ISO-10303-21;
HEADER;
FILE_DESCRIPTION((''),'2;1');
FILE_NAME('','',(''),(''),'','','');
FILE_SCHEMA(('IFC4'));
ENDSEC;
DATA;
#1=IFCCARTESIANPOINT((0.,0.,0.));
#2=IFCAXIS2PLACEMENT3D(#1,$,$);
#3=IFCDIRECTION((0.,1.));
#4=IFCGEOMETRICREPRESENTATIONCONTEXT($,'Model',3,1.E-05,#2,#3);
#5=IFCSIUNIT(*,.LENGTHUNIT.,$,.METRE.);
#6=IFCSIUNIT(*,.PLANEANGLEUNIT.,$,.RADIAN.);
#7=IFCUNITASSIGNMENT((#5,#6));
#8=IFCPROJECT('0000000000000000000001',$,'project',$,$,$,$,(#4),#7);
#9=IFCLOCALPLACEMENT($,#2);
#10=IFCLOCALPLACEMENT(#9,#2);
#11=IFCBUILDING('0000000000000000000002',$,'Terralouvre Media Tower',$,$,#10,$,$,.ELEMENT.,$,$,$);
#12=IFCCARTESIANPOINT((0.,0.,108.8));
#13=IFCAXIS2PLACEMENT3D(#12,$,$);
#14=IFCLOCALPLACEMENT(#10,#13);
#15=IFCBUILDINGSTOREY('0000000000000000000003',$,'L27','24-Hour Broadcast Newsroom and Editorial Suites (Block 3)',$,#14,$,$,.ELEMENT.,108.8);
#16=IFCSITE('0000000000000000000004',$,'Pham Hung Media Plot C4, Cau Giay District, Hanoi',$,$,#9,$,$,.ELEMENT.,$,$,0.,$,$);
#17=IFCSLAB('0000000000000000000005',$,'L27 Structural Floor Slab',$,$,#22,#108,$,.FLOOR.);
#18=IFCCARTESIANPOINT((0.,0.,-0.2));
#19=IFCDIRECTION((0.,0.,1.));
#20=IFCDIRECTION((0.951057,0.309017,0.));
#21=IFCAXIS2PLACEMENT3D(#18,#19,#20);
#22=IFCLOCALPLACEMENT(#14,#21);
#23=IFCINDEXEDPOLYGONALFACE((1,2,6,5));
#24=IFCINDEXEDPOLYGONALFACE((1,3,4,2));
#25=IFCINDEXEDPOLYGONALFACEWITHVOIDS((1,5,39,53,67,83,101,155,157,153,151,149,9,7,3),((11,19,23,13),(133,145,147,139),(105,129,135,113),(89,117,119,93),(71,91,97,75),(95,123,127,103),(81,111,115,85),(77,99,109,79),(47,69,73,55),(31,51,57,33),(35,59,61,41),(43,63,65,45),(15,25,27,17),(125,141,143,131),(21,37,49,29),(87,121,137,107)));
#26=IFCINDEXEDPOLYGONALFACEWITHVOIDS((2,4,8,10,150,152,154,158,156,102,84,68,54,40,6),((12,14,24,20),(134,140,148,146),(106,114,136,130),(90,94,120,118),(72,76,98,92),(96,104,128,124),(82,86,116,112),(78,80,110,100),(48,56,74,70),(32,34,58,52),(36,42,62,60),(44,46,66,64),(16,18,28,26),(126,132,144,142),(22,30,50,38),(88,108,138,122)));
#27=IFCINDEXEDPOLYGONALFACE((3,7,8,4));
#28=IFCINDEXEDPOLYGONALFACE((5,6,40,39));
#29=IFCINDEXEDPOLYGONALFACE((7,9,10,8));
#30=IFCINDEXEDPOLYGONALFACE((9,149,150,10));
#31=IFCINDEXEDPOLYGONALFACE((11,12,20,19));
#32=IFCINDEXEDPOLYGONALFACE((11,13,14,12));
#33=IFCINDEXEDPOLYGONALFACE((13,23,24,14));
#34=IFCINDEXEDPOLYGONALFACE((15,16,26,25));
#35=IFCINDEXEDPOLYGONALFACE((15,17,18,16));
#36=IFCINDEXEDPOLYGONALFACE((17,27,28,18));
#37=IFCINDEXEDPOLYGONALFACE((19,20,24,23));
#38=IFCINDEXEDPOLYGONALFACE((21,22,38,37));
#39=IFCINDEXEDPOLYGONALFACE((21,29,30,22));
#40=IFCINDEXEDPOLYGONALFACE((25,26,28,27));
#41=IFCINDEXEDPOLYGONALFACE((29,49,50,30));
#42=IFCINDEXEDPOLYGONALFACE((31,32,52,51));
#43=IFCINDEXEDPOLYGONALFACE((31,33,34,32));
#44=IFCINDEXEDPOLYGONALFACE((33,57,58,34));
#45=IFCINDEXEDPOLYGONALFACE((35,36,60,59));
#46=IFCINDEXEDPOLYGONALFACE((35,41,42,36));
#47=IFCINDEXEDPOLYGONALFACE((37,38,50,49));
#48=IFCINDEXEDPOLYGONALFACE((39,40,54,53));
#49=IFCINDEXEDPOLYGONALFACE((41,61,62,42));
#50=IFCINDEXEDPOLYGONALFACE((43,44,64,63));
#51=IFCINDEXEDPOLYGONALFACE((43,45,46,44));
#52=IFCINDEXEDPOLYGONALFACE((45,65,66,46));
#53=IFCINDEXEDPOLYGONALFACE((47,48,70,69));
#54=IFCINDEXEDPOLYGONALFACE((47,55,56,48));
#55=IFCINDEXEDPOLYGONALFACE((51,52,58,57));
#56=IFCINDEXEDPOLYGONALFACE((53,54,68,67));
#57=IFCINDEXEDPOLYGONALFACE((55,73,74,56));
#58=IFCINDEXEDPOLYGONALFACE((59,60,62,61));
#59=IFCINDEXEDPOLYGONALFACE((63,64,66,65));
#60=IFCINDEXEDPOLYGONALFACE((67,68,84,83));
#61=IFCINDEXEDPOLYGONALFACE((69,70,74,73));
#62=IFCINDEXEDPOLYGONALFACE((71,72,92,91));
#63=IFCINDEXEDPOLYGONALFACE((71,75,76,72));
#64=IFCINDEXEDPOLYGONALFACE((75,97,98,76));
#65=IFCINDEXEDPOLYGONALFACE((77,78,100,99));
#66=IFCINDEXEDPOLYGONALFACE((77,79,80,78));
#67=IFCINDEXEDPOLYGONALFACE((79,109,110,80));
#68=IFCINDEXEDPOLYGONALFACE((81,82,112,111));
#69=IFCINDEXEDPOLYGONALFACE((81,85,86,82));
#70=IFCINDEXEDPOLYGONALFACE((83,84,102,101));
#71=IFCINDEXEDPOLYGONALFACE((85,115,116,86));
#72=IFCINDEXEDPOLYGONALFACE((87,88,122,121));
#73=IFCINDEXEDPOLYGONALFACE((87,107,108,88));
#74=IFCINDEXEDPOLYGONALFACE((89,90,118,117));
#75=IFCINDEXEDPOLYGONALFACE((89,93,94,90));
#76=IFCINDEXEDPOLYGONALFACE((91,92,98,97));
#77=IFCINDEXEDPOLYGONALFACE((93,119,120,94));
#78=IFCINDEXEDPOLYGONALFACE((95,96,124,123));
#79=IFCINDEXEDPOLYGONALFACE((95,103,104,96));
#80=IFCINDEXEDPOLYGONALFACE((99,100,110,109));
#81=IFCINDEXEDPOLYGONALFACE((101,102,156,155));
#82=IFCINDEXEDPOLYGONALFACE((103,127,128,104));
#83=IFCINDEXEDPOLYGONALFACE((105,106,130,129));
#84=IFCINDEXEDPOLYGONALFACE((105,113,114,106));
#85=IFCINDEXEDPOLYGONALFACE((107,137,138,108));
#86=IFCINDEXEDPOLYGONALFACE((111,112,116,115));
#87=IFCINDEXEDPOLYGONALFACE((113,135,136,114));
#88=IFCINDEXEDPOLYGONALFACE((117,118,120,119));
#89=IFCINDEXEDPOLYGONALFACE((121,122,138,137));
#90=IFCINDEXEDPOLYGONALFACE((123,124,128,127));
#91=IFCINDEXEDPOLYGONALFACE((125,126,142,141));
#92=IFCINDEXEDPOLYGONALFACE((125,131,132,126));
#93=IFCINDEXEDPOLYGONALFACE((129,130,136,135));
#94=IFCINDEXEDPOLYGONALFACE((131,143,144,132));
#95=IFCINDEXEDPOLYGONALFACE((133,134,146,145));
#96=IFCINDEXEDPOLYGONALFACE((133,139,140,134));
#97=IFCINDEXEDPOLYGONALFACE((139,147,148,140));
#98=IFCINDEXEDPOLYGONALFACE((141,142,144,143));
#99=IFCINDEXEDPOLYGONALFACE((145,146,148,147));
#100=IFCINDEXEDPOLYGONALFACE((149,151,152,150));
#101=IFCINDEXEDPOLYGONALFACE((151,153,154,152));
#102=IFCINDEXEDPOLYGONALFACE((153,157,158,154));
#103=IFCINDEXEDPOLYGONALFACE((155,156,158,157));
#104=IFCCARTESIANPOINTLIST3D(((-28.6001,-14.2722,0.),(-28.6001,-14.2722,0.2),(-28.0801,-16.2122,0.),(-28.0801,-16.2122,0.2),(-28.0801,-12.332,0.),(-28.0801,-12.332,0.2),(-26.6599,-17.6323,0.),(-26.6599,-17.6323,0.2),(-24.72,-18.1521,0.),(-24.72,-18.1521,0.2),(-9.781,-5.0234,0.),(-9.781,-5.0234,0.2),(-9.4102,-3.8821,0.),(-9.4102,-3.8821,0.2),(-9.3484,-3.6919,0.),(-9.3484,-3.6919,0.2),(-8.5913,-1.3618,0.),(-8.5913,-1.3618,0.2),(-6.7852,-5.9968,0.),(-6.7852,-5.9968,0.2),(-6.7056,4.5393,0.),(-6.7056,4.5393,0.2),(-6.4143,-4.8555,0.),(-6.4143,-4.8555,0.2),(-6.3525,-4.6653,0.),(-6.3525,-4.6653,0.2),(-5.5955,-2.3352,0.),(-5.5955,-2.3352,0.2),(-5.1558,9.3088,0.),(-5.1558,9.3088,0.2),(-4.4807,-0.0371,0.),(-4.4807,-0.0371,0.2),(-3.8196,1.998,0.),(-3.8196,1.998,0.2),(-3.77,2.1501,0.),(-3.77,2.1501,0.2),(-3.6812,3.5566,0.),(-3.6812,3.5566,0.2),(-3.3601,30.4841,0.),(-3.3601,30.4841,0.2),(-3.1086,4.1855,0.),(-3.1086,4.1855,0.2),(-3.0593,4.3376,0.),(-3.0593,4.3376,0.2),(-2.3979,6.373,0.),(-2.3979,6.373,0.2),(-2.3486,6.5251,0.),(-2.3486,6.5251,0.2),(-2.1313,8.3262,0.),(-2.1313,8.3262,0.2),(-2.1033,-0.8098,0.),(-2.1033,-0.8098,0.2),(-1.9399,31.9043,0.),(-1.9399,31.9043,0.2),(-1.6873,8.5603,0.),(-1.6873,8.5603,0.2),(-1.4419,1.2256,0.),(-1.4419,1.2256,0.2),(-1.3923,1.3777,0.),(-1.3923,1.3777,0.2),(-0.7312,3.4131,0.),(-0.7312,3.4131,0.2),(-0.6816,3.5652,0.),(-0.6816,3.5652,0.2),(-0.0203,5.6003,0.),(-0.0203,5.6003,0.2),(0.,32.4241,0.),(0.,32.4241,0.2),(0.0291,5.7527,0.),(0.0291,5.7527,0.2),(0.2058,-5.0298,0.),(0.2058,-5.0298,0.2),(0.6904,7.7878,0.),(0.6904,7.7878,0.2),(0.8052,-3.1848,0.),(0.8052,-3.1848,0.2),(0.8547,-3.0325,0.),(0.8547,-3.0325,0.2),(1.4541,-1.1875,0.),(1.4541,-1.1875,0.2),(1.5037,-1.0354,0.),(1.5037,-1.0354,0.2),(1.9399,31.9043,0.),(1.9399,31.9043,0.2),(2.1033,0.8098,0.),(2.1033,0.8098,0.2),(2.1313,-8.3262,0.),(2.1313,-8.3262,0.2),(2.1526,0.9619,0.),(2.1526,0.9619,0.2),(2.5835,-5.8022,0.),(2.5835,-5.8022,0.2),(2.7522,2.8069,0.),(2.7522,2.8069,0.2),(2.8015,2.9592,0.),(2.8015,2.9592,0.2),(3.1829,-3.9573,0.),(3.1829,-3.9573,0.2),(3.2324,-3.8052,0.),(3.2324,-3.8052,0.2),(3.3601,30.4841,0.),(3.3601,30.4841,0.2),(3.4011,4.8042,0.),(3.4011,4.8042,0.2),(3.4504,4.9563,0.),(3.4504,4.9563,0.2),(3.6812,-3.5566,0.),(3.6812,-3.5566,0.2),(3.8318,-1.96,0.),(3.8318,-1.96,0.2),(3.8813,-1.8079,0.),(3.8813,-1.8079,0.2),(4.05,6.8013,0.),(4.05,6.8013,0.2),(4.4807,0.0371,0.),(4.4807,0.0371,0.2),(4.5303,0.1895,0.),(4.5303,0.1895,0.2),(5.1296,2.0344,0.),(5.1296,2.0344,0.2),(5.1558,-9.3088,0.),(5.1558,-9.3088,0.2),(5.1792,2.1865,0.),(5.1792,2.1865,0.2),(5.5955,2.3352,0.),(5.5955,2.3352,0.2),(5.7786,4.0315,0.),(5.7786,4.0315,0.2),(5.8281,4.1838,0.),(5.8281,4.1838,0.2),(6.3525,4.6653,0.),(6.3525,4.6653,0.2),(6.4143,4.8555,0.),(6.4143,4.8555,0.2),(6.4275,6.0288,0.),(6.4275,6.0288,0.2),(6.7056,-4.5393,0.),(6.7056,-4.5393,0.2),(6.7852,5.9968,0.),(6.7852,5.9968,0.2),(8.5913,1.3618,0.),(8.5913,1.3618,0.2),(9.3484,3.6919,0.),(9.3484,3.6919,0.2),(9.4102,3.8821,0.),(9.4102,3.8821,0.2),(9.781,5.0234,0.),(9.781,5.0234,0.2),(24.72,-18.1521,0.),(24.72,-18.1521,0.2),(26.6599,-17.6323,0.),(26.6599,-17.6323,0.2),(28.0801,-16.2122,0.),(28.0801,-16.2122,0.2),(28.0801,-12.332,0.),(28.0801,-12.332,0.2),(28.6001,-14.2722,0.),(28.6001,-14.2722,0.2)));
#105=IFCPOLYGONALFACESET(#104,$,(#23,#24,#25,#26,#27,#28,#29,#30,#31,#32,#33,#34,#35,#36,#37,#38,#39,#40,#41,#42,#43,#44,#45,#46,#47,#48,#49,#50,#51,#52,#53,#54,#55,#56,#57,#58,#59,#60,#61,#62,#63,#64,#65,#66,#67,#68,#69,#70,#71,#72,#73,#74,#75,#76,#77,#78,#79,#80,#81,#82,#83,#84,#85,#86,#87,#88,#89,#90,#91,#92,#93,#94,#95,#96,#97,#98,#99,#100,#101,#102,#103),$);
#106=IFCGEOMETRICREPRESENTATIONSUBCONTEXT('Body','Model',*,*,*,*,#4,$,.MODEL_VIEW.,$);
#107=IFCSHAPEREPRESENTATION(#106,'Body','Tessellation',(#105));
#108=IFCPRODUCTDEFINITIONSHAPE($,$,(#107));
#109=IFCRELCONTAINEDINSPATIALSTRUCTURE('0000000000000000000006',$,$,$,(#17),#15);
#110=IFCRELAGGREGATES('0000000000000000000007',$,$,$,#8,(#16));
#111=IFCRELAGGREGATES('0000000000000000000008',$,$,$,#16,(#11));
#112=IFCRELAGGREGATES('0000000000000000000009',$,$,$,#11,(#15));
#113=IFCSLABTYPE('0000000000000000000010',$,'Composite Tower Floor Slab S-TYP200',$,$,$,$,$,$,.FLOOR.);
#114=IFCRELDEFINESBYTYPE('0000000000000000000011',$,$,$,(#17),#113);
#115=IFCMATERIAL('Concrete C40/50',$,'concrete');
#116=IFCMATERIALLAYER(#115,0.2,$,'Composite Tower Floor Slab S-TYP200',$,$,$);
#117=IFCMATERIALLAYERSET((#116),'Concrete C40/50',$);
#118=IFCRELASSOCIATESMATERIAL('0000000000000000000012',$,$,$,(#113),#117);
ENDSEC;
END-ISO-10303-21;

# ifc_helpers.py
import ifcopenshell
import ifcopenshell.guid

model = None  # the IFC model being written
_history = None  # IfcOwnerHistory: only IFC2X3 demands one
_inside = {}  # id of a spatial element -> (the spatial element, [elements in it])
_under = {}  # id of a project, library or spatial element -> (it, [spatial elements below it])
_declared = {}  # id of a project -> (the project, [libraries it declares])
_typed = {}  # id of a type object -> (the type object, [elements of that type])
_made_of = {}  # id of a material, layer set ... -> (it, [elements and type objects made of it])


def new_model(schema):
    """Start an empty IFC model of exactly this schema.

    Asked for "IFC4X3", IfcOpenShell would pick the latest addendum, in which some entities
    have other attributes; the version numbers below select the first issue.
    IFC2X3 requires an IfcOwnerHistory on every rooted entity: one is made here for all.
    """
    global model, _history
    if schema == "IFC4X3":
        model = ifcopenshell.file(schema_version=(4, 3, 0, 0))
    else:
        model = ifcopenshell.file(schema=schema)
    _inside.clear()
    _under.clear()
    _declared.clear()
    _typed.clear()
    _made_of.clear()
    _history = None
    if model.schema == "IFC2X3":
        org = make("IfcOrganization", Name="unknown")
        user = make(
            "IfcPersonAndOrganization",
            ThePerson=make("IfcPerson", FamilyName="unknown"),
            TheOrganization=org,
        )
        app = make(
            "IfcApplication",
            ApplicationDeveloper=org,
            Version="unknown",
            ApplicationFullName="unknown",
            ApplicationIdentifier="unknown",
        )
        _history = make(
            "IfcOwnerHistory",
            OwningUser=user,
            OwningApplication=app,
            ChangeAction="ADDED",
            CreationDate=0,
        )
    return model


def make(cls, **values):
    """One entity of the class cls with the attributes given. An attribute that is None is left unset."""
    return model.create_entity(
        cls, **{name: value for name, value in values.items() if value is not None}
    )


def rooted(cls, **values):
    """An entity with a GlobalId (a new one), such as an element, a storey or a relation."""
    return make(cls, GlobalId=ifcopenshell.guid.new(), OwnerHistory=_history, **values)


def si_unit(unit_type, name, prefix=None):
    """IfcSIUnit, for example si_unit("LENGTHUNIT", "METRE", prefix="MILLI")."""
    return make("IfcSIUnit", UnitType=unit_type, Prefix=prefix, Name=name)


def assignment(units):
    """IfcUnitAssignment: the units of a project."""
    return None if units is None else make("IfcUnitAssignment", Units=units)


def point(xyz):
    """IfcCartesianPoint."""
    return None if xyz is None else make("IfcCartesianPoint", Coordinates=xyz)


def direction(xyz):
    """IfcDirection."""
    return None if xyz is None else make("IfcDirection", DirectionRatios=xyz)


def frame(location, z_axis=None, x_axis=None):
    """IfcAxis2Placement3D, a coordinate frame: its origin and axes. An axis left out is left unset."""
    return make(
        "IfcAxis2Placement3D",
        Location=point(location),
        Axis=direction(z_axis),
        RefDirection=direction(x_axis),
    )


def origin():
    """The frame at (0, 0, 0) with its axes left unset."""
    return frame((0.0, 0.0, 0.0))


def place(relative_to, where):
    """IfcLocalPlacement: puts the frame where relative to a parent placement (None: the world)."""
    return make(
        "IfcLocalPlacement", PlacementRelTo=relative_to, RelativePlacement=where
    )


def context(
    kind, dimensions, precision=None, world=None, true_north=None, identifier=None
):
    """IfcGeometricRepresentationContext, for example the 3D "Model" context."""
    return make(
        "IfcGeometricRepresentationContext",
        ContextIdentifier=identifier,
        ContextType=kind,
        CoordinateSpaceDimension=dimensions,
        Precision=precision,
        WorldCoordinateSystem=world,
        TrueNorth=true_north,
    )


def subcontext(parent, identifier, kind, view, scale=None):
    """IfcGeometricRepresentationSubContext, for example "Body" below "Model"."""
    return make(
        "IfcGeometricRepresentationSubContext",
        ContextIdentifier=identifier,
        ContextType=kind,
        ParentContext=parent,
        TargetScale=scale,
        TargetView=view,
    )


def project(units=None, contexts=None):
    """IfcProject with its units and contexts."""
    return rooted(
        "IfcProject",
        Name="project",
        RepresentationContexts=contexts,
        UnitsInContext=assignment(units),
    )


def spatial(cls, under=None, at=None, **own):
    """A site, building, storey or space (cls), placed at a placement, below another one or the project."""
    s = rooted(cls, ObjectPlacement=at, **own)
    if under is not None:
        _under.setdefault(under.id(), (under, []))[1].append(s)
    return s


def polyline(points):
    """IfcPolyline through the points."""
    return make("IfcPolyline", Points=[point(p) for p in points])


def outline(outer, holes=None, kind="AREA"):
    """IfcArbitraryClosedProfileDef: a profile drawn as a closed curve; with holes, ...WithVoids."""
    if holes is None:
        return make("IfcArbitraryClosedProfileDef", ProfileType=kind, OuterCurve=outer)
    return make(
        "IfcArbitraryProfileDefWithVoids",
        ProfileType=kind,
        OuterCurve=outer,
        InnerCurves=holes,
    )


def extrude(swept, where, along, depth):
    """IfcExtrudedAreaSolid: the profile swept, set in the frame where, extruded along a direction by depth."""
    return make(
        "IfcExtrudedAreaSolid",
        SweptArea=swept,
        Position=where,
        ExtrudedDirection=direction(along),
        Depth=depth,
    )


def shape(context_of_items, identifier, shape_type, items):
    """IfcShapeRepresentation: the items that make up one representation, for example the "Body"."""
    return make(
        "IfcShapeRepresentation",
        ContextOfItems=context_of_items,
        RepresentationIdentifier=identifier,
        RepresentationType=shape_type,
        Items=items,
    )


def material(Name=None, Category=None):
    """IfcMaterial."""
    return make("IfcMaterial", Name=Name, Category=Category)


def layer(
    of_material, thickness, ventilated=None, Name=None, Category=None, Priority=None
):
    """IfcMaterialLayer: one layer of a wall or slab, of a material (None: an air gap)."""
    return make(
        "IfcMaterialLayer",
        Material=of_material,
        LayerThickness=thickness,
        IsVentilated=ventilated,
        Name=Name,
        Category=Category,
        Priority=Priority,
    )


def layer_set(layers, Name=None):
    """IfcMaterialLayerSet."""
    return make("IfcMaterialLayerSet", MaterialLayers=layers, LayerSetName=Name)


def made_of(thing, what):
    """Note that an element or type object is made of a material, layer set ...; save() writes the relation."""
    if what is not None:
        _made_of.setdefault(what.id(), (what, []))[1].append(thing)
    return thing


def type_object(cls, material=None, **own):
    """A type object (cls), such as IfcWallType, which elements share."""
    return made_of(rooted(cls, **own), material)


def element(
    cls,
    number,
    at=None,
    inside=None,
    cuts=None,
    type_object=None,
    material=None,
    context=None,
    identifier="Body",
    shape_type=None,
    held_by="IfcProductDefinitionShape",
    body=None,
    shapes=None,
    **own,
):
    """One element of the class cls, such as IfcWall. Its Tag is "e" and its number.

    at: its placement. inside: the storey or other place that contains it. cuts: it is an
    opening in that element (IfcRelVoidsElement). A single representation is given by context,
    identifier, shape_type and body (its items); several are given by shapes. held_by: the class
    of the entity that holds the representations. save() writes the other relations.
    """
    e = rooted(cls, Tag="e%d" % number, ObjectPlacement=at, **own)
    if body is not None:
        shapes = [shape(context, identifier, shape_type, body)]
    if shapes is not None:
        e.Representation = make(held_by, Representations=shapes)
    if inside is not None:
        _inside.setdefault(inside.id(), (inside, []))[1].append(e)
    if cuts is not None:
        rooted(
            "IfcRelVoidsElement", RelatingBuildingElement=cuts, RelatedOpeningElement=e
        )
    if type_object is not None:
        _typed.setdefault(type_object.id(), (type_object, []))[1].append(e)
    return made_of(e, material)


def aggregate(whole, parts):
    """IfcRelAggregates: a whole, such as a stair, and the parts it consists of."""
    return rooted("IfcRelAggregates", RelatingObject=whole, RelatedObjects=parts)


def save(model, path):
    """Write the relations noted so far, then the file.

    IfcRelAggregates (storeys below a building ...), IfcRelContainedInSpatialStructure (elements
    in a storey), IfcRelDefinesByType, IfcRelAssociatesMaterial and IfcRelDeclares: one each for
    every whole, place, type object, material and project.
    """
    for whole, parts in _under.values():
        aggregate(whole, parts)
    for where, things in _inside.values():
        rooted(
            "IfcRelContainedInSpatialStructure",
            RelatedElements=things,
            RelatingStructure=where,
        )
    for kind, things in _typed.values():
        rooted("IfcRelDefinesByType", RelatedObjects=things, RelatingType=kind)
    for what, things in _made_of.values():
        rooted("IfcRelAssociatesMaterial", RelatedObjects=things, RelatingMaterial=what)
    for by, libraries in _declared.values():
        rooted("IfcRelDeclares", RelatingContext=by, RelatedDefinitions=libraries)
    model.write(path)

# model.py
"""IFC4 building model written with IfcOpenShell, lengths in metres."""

from ifc_helpers import new_model, si_unit, direction, frame, origin, place, context, subcontext, project, spatial, polyline, outline, extrude, material, layer, layer_set, type_object, element, save


model = new_model("IFC4")

# Units and contexts
model_context = context("Model", 3, precision=1e-05, world=origin(), true_north=direction((0.0, 1.0)))
body_context = subcontext(model_context, "Body", "Model", "MODEL_VIEW")
ifc_project = project(units=[si_unit("LENGTHUNIT", "METRE"), si_unit("PLANEANGLEUNIT", "RADIAN")], contexts=[model_context])

# Site, building, storey
site_placement = place(None, origin())
site = spatial("IfcSite", under=ifc_project, at=site_placement, Name="Pham Hung Media Plot C4, Cau Giay District, Hanoi", CompositionType="ELEMENT", RefElevation=0.0)
building_placement = place(site_placement, origin())
building = spatial("IfcBuilding", under=site, at=building_placement, Name="Terralouvre Media Tower", CompositionType="ELEMENT")
storey_placement = place(building_placement, frame((0.0, 0.0, 108.8)))
storey = spatial("IfcBuildingStorey", under=building, at=storey_placement, Name="L27", Description="24-Hour Broadcast Newsroom and Editorial Suites (Block 3)", CompositionType="ELEMENT", Elevation=108.8)

# Slab
ifc_material_1 = material(Name="Concrete C40/50", Category="concrete")
ifc_layer_1 = layer(ifc_material_1, 0.2, Name="Composite Tower Floor Slab S-TYP200")
ifc_layer_set_1 = layer_set([ifc_layer_1], Name="Concrete C40/50")
slab_type = type_object("IfcSlabType", Name="Composite Tower Floor Slab S-TYP200", PredefinedType="FLOOR", material=ifc_layer_set_1)
slab_placement = place(storey_placement, frame((0.0, 0.0, -0.2), z_axis=(0.0, 0.0, 1.0), x_axis=(0.951057, 0.309017, 0.0)))
element("IfcSlab", 1, at=slab_placement, inside=storey, type_object=slab_type, Name="L27 Structural Floor Slab", PredefinedType="FLOOR", context=body_context, shape_type="SweptSolid", body=[
    extrude(outline(polyline([(-28.0801, -12.332), (-28.6001, -14.2722), (-28.0801, -16.2122), (-26.6599, -17.6323), (-24.72, -18.1521), (24.72, -18.1521), (26.6599, -17.6323), (28.0801, -16.2122), (28.6001, -14.2722), (28.0801, -12.332), (3.3601, 30.4841), (1.9399, 31.9043), (0.0, 32.4241), (-1.9399, 31.9043), (-3.3601, 30.4841), (-28.0801, -12.332)]), holes=[polyline([(-6.7852, -5.9968), (-9.781, -5.0234), (-9.4102, -3.8821), (-6.4143, -4.8555), (-6.7852, -5.9968)]), polyline([(-6.3525, -4.6653), (-9.3484, -3.6919), (-8.5913, -1.3618), (-5.5955, -2.3352), (-6.3525, -4.6653)]), polyline([(-2.1033, -0.8098), (-4.4807, -0.0371), (-3.8196, 1.998), (-1.4419, 1.2256), (-2.1033, -0.8098)]), polyline([(-1.3923, 1.3777), (-3.77, 2.1501), (-3.1086, 4.1855), (-0.7312, 3.4131), (-1.3923, 1.3777)]), polyline([(4.5303, 0.1895), (2.1526, 0.9619), (2.7522, 2.8069), (5.1296, 2.0344), (4.5303, 0.1895)]), polyline([(-0.6816, 3.5652), (-3.0593, 4.3376), (-2.3979, 6.373), (-0.0203, 5.6003), (-0.6816, 3.5652)]), polyline([(-3.6812, 3.5566), (-6.7056, 4.5393), (-5.1558, 9.3088), (-2.1313, 8.3262), (-3.6812, 3.5566)]), polyline([(0.0291, 5.7527), (-2.3486, 6.5251), (-1.6873, 8.5603), (0.6904, 7.7878), (0.0291, 5.7527)]), polyline([(3.6812, -3.5566), (6.7056, -4.5393), (5.1558, -9.3088), (2.1313, -8.3262), (3.6812, -3.5566)]), polyline([(2.5835, -5.8022), (0.2058, -5.0298), (0.8052, -3.1848), (3.1829, -3.9573), (2.5835, -5.8022)]), polyline([(3.2324, -3.8052), (0.8547, -3.0325), (1.4541, -1.1875), (3.8318, -1.96), (3.2324, -3.8052)]), polyline([(3.8813, -1.8079), (1.5037, -1.0354), (2.1033, 0.8098), (4.4807, 0.0371), (3.8813, -1.8079)]), polyline([(5.1792, 2.1865), (2.8015, 2.9592), (3.4011, 4.8042), (5.7786, 4.0315), (5.1792, 2.1865)]), polyline([(8.5913, 1.3618), (5.5955, 2.3352), (6.3525, 4.6653), (9.3484, 3.6919), (8.5913, 1.3618)]), polyline([(5.8281, 4.1838), (3.4504, 4.9563), (4.05, 6.8013), (6.4275, 6.0288), (5.8281, 4.1838)]), polyline([(9.4102, 3.8821), (6.4143, 4.8555), (6.7852, 5.9968), (9.781, 5.0234), (9.4102, 3.8821)])]), origin(), (0.0, 0.0, 1.0), 0.2),
])

save(model, "model.ifc")
